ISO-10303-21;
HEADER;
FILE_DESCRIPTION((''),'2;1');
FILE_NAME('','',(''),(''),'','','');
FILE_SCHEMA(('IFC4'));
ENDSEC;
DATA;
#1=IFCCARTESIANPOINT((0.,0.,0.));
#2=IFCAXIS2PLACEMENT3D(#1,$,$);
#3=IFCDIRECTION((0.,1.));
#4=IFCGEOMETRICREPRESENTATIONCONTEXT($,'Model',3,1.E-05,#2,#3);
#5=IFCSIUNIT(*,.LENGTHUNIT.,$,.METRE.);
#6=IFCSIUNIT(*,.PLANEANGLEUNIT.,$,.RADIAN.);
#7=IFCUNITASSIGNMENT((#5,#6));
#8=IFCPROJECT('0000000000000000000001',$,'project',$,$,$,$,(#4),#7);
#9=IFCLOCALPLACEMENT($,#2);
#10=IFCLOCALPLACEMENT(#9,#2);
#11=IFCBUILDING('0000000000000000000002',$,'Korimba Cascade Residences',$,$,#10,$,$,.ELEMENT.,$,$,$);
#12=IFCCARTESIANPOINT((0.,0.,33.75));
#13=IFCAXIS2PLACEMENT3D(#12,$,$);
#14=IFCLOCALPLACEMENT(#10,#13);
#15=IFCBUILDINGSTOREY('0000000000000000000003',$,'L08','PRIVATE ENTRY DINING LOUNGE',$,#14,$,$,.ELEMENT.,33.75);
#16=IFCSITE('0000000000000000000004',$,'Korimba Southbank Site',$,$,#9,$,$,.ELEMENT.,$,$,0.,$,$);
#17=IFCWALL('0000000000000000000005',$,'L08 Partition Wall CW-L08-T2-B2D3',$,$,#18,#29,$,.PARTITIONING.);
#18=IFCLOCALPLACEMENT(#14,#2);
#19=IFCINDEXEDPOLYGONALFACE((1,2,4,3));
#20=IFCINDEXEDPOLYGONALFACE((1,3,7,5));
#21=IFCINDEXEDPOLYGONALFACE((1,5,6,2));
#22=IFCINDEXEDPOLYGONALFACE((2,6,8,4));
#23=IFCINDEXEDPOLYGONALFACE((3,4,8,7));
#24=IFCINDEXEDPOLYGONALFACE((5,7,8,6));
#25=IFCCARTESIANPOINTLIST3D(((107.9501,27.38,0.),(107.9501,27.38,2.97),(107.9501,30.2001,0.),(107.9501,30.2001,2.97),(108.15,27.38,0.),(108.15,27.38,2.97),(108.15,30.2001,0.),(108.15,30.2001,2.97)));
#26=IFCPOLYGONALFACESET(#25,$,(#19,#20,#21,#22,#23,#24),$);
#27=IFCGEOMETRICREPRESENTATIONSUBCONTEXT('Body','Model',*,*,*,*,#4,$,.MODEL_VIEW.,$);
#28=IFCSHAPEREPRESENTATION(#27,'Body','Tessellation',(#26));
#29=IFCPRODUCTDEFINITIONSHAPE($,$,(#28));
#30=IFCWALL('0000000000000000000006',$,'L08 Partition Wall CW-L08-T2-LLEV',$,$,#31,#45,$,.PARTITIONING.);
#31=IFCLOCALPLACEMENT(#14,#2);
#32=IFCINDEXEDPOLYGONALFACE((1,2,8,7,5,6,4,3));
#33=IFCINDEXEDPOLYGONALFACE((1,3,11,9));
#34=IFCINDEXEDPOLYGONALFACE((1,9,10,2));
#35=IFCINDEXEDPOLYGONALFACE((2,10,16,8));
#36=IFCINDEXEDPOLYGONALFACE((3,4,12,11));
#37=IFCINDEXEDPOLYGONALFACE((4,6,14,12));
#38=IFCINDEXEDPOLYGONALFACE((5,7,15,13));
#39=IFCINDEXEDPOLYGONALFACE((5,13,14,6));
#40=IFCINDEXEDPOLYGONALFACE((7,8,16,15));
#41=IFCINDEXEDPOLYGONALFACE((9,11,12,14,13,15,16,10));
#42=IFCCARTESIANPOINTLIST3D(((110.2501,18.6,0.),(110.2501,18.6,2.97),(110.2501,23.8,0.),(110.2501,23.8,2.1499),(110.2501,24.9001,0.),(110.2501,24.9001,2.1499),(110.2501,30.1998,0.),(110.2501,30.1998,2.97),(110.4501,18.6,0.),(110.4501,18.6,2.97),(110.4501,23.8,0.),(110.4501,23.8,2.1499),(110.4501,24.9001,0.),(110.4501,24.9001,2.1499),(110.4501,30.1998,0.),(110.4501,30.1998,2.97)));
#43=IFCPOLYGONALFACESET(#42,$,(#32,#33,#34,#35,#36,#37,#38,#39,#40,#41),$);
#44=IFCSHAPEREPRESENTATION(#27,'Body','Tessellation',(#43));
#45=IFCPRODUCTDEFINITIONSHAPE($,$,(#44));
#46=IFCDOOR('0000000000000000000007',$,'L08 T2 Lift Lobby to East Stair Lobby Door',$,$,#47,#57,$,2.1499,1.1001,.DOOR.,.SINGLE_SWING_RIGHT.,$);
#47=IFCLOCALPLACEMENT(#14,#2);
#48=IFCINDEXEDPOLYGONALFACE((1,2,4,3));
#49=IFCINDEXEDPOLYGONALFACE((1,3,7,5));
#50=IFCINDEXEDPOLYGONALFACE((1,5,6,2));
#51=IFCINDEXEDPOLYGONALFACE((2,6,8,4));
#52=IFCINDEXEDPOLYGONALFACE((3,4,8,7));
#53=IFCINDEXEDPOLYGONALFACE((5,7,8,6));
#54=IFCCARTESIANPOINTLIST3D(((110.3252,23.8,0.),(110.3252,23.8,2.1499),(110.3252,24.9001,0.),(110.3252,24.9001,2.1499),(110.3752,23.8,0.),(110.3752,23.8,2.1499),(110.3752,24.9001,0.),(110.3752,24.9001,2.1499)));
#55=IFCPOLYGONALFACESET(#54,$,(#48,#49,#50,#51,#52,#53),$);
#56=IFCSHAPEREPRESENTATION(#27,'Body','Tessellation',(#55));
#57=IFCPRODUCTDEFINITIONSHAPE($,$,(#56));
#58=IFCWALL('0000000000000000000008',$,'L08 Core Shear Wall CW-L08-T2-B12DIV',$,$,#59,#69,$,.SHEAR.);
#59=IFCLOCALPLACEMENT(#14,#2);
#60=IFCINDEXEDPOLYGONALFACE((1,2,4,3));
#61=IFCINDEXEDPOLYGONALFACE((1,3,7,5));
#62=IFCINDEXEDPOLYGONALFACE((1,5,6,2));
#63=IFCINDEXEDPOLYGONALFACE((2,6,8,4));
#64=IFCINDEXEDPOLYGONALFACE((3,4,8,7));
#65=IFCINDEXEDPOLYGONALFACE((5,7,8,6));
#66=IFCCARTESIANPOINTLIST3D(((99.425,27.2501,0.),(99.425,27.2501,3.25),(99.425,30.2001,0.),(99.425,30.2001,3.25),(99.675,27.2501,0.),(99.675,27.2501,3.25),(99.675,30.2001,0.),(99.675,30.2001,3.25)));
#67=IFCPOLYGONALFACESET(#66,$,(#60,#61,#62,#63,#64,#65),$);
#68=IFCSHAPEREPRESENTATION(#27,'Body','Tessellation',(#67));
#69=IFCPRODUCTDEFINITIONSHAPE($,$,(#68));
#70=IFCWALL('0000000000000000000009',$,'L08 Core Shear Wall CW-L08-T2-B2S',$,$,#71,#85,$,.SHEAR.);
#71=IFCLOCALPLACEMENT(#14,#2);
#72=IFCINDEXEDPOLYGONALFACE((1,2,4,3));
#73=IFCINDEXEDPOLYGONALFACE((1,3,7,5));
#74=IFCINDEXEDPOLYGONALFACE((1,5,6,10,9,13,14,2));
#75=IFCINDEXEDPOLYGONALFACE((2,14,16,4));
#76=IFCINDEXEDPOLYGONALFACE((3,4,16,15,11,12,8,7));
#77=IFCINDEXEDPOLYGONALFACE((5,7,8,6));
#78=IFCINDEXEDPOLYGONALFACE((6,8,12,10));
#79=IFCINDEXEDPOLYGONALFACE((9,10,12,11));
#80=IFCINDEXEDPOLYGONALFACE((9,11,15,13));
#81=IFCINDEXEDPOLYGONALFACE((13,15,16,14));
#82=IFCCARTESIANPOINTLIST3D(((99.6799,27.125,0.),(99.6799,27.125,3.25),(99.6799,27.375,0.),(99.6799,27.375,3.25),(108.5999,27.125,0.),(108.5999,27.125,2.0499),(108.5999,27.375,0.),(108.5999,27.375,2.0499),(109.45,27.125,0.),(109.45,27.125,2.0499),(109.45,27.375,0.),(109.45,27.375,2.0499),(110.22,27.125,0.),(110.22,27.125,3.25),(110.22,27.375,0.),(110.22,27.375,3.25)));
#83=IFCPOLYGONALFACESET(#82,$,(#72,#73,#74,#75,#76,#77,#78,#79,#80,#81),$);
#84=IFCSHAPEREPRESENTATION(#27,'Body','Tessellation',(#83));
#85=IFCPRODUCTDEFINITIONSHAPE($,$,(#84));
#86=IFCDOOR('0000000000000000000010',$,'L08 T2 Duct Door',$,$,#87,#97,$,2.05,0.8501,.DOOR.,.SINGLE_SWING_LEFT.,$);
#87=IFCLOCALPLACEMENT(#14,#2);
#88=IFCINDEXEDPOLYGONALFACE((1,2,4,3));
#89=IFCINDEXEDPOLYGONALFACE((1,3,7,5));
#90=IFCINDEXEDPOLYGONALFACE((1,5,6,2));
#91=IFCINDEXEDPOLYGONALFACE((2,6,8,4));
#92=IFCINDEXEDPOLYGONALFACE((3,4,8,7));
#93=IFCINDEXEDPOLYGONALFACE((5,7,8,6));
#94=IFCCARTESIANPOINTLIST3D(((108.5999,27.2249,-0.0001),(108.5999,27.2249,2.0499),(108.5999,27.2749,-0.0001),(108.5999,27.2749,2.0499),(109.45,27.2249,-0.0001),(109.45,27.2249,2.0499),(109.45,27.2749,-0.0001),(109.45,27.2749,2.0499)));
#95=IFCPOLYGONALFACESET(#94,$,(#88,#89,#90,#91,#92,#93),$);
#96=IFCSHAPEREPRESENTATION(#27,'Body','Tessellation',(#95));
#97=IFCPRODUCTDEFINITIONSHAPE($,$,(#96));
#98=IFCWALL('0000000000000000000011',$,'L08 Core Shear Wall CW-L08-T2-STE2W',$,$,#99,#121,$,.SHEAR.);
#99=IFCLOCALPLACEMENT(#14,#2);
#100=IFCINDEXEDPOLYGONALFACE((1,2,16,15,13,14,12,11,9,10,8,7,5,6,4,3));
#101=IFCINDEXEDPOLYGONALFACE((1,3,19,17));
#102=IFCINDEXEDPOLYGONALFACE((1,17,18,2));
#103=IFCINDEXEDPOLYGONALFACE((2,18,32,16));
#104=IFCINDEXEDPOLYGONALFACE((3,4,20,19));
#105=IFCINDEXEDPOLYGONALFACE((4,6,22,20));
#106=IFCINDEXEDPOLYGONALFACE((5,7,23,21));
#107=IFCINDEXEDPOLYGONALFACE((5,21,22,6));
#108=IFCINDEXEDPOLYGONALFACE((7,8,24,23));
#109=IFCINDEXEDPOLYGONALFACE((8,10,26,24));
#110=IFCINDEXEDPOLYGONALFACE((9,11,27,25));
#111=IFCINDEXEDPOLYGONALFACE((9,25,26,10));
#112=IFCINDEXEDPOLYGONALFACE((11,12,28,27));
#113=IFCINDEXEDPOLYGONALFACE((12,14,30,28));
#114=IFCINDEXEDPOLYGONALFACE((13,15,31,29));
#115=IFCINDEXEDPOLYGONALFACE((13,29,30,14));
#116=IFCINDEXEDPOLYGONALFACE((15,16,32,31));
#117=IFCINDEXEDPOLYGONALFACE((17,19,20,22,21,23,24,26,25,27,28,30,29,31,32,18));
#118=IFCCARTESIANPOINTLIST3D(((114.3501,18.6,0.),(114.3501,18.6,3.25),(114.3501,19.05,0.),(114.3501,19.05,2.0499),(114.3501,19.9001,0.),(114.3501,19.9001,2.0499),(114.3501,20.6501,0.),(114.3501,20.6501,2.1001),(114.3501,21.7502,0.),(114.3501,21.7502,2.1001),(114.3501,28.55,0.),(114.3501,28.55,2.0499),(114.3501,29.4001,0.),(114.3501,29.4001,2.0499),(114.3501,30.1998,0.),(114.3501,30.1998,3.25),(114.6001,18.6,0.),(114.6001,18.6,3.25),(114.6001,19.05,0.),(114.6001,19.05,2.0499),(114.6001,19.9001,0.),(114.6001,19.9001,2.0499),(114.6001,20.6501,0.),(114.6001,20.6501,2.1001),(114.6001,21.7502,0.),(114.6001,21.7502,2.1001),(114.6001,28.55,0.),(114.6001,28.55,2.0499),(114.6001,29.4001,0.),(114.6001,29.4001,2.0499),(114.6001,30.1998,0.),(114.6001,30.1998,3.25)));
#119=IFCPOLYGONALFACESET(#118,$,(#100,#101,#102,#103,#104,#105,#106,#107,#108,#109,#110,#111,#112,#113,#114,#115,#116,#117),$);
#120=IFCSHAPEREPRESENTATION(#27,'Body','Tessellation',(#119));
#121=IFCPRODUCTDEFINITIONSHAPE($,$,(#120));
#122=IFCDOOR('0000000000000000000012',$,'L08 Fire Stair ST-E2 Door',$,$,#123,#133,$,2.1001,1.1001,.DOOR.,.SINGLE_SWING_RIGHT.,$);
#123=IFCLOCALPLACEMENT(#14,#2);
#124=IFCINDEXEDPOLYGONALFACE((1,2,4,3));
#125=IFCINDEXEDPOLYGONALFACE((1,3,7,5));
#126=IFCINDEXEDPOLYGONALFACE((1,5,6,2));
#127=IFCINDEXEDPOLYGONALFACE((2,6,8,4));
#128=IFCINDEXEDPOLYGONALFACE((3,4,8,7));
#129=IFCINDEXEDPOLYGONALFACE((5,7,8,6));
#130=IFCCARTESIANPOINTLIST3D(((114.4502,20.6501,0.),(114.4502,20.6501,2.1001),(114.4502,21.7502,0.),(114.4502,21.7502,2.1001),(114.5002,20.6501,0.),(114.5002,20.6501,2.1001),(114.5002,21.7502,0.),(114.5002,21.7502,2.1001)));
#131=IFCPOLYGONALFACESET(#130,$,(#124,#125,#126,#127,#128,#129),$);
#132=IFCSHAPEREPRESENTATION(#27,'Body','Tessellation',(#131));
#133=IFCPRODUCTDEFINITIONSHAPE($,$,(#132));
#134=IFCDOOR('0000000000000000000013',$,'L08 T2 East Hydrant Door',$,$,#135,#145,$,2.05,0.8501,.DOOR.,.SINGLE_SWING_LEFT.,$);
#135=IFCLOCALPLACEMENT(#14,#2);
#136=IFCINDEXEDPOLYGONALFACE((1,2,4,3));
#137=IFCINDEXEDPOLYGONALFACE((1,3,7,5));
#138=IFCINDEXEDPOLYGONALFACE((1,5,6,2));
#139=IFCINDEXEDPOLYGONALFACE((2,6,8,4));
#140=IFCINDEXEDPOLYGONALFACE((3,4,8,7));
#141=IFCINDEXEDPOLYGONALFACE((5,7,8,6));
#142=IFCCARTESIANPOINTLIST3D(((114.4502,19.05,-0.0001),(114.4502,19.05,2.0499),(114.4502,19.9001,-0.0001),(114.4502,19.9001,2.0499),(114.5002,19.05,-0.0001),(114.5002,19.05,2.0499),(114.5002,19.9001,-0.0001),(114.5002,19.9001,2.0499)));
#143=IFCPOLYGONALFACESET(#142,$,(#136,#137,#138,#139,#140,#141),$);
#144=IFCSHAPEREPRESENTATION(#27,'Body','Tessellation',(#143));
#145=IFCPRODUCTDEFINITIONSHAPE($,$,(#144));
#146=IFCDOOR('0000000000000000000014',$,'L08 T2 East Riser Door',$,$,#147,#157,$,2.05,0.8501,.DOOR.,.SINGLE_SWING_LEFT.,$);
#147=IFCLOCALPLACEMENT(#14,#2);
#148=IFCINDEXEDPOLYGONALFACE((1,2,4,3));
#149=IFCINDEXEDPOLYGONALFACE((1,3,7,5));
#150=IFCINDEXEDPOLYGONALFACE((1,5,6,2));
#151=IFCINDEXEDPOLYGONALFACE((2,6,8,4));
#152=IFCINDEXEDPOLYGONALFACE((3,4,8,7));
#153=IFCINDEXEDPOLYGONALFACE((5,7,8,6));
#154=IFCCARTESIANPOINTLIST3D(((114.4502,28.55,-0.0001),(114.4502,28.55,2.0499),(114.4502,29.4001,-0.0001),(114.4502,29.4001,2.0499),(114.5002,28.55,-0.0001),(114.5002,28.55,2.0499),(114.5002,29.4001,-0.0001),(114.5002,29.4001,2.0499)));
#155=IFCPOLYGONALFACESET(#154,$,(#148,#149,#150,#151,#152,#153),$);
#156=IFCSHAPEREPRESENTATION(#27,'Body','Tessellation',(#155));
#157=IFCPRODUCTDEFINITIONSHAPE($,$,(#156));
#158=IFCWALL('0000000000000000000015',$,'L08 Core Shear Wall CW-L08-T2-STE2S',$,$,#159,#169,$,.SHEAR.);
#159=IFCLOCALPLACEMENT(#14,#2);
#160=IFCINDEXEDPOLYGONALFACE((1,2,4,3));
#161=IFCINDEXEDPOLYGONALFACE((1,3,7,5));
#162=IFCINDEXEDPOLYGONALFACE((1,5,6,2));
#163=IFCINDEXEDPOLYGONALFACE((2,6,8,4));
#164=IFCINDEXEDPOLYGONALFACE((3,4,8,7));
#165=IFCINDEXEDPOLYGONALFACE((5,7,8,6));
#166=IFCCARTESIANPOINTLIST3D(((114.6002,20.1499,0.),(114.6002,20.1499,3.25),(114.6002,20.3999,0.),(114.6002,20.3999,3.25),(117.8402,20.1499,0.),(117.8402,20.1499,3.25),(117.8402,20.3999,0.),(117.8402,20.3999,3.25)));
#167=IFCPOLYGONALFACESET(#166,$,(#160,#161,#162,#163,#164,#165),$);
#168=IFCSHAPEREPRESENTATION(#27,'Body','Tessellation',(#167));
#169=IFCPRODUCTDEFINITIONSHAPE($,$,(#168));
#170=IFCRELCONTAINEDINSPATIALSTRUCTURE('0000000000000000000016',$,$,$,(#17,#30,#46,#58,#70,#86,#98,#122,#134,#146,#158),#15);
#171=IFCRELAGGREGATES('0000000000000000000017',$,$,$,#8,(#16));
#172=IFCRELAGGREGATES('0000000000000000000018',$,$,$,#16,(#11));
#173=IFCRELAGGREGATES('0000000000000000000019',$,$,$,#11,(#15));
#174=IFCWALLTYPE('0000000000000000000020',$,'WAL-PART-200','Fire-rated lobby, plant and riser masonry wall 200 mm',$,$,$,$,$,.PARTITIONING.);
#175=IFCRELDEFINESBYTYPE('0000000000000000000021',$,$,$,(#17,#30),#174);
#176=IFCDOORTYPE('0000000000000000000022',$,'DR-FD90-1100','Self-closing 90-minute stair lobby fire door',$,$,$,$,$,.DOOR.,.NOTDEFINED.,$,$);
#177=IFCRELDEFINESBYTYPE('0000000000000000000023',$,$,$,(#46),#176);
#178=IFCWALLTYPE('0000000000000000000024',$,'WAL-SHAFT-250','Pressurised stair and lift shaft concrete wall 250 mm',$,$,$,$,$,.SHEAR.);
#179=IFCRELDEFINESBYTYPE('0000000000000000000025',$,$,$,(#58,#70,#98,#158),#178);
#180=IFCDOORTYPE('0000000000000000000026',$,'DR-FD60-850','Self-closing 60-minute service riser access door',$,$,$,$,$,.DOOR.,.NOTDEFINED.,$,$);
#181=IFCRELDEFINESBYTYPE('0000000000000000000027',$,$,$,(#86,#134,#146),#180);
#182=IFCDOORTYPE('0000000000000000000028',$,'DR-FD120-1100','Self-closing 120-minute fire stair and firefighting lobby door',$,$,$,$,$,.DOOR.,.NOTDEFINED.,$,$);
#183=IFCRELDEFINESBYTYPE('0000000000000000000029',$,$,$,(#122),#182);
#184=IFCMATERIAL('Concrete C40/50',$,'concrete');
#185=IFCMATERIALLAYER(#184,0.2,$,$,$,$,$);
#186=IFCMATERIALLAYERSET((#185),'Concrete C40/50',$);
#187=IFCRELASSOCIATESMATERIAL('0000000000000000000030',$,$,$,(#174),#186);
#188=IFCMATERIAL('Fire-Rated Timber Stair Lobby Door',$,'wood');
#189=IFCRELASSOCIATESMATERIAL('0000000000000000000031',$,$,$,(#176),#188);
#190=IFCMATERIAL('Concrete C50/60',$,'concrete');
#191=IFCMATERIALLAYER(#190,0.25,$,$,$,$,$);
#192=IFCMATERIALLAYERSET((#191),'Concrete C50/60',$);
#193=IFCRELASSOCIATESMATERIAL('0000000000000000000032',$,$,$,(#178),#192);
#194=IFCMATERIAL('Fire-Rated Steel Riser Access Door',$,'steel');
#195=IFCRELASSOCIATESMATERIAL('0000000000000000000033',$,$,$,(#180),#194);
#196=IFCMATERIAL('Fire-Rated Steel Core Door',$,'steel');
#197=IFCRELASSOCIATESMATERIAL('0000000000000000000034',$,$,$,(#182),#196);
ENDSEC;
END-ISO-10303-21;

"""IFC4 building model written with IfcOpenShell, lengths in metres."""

from ifc_helpers import new_model, si_unit, direction, frame, frame_2d, origin, place, context, subcontext, project, spatial, rectangle, extrude, material, layer, layer_set, type_object, element, fill, save


model = new_model("IFC4")

# Units and contexts
model_context = context("Model", 3, precision=1e-05, world=origin(), true_north=direction((0.0, 1.0)))
body_context = subcontext(model_context, "Body", "Model", "MODEL_VIEW")
ifc_project = project(units=[si_unit("LENGTHUNIT", "METRE"), si_unit("PLANEANGLEUNIT", "RADIAN")], contexts=[model_context])

# Site, building, storey
site_placement = place(None, origin())
site = spatial("IfcSite", under=ifc_project, at=site_placement, Name="Korimba Southbank Site", CompositionType="ELEMENT", RefElevation=0.0)
building_placement = place(site_placement, origin())
building = spatial("IfcBuilding", under=site, at=building_placement, Name="Korimba Cascade Residences", CompositionType="ELEMENT")
storey_placement = place(building_placement, frame((0.0, 0.0, 33.75)))
storey = spatial("IfcBuildingStorey", under=building, at=storey_placement, Name="L08", Description="PRIVATE ENTRY DINING LOUNGE", CompositionType="ELEMENT", Elevation=33.75)

# Shared definitions
ifc_material_1 = material(Name="Concrete C50/60", Category="concrete")

# Wall
ifc_material_2 = material(Name="Concrete C40/50", Category="concrete")
ifc_layer_1 = layer(ifc_material_2, 0.2)
ifc_layer_set_1 = layer_set([ifc_layer_1], Name="Concrete C40/50")
wall_type_1 = type_object("IfcWallType", Name="WAL-PART-200", Description="Fire-rated lobby, plant and riser masonry wall 200 mm", PredefinedType="PARTITIONING", material=ifc_layer_set_1)
for number, where, z_axis, x_axis, name in (
    (1, (108.05, 27.3799, 0.0), (0.0, 0.0, 1.0), (0.0, 1.0, 0.0), "L08 Partition Wall CW-L08-T2-B2D3"),
):
    element("IfcWall", number, at=place(storey_placement, frame(where, z_axis=z_axis, x_axis=x_axis)), inside=storey, type_object=wall_type_1, Name=name, PredefinedType="PARTITIONING", context=body_context, shape_type="SweptSolid", body=[
        extrude(rectangle(XDim=2.8201, YDim=0.2, at=frame_2d((1.4102, 0.0))), origin(), (0.0, 0.0, 1.0), 2.97),
    ])

# Wall, opening, door
wall_1_placement = place(storey_placement, frame((110.3501, 18.6001, 0.0), z_axis=(0.0, 0.0, 1.0), x_axis=(0.0, 1.0, 0.0)))
wall_1 = element("IfcWall", 2, at=wall_1_placement, inside=storey, type_object=wall_type_1, Name="L08 Partition Wall CW-L08-T2-LLEV", PredefinedType="PARTITIONING", context=body_context, shape_type="SweptSolid", body=[
    extrude(rectangle(XDim=11.5999, YDim=0.2, at=frame_2d((5.7998, 0.0))), origin(), (0.0, 0.0, 1.0), 2.97),
])
opening_1_placement = place(wall_1_placement, frame((5.2, 0.0, 0.0)))
opening_1 = element("IfcOpeningElement", 3, at=opening_1_placement, cuts=wall_1, PredefinedType="OPENING", context=body_context, shape_type="SweptSolid", body=[
    extrude(rectangle(XDim=1.1001, YDim=2.1499, at=frame_2d((0.55, 1.075))), frame((0.0, 0.1099, 0.0), z_axis=(0.0, -1.0, 0.0), x_axis=(1.0, 0.0, 0.0)), (0.0, 0.0, 1.0), 0.22),
])
ifc_material_3 = material(Name="Fire-Rated Timber Stair Lobby Door", Category="wood")
door_type_1 = type_object("IfcDoorType", Name="DR-FD90-1100", Description="Self-closing 90-minute stair lobby fire door", OperationType="NOTDEFINED", PredefinedType="DOOR", material=ifc_material_3)
door_1_placement = place(opening_1_placement, origin())
door_1 = element("IfcDoor", 4, at=door_1_placement, inside=storey, type_object=door_type_1, Name="L08 T2 Lift Lobby to East Stair Lobby Door", OperationType="SINGLE_SWING_RIGHT", OverallHeight=2.1499, OverallWidth=1.1001, PredefinedType="DOOR", context=body_context, shape_type="SweptSolid", body=[
    extrude(rectangle(XDim=1.1001, YDim=2.1499, at=frame_2d((0.55, 1.075))), frame((0.0, 0.0249, 0.0), z_axis=(0.0, -1.0, 0.0), x_axis=(1.0, 0.0, 0.0)), (0.0, 0.0, 1.0), 0.05),
])
fill(opening_1, door_1)

# Wall
ifc_layer_2 = layer(ifc_material_1, 0.25)
ifc_layer_set_2 = layer_set([ifc_layer_2], Name="Concrete C50/60")
wall_type_2 = type_object("IfcWallType", Name="WAL-SHAFT-250", Description="Pressurised stair and lift shaft concrete wall 250 mm", PredefinedType="SHEAR", material=ifc_layer_set_2)
wall_2_placement = place(storey_placement, frame((99.55, 27.25, 0.0), z_axis=(0.0, 0.0, 1.0), x_axis=(0.0, 1.0, 0.0)))
element("IfcWall", 5, at=wall_2_placement, inside=storey, type_object=wall_type_2, Name="L08 Core Shear Wall CW-L08-T2-B12DIV", PredefinedType="SHEAR", context=body_context, shape_type="SweptSolid", body=[
    extrude(rectangle(XDim=2.95, YDim=0.25, at=frame_2d((1.4751, 0.0))), origin(), (0.0, 0.0, 1.0), 3.25),
])

# Wall, opening, door
wall_3_placement = place(storey_placement, frame((99.6799, 27.25, 0.0), z_axis=(0.0, 0.0, 1.0), x_axis=(1.0, 0.0, 0.0)))
wall_3 = element("IfcWall", 6, at=wall_3_placement, inside=storey, type_object=wall_type_2, Name="L08 Core Shear Wall CW-L08-T2-B2S", PredefinedType="SHEAR", context=body_context, shape_type="SweptSolid", body=[
    extrude(rectangle(XDim=10.54, YDim=0.25, at=frame_2d((5.27, 0.0))), origin(), (0.0, 0.0, 1.0), 3.25),
])
opening_2_placement = place(wall_3_placement, frame((8.9199, 0.0, 0.0)))
opening_2 = element("IfcOpeningElement", 7, at=opening_2_placement, cuts=wall_3, PredefinedType="OPENING", context=body_context, shape_type="SweptSolid", body=[
    extrude(rectangle(XDim=0.8501, YDim=2.05, at=frame_2d((0.425, 1.0249))), frame((0.0, 0.135, 0.0), z_axis=(0.0, -1.0, 0.0), x_axis=(1.0, 0.0, 0.0)), (0.0, 0.0, 1.0), 0.27),
])
ifc_material_4 = material(Name="Fire-Rated Steel Riser Access Door", Category="steel")
door_type_2 = type_object("IfcDoorType", Name="DR-FD60-850", Description="Self-closing 60-minute service riser access door", OperationType="NOTDEFINED", PredefinedType="DOOR", material=ifc_material_4)
door_2_placement = place(opening_2_placement, origin())
door_2 = element("IfcDoor", 8, at=door_2_placement, inside=storey, type_object=door_type_2, Name="L08 T2 Duct Door", OperationType="SINGLE_SWING_LEFT", OverallHeight=2.05, OverallWidth=0.8501, PredefinedType="DOOR", context=body_context, shape_type="SweptSolid", body=[
    extrude(rectangle(XDim=0.8501, YDim=2.05, at=frame_2d((0.425, 1.0249))), frame((0.0, 0.0249, 0.0), z_axis=(0.0, -1.0, 0.0), x_axis=(1.0, 0.0, 0.0)), (0.0, 0.0, 1.0), 0.05),
])
fill(opening_2, door_2)

# Wall, openings, doors
wall_4_placement = place(storey_placement, frame((114.4751, 18.6001, 0.0), z_axis=(0.0, 0.0, 1.0), x_axis=(0.0, 1.0, 0.0)))
wall_4 = element("IfcWall", 9, at=wall_4_placement, inside=storey, type_object=wall_type_2, Name="L08 Core Shear Wall CW-L08-T2-STE2W", PredefinedType="SHEAR", context=body_context, shape_type="SweptSolid", body=[
    extrude(rectangle(XDim=11.5999, YDim=0.25, at=frame_2d((5.7998, 0.0))), origin(), (0.0, 0.0, 1.0), 3.25),
])
opening_3_placement = place(wall_4_placement, frame((0.45, 0.0, 0.0)))
opening_3 = element("IfcOpeningElement", 10, at=opening_3_placement, cuts=wall_4, PredefinedType="OPENING", context=body_context, shape_type="SweptSolid", body=[
    extrude(rectangle(XDim=0.8501, YDim=2.05, at=frame_2d((0.425, 1.0249))), frame((0.0, 0.135, 0.0), z_axis=(0.0, -1.0, 0.0), x_axis=(1.0, 0.0, 0.0)), (0.0, 0.0, 1.0), 0.27),
])
opening_4_placement = place(wall_4_placement, frame((2.05, 0.0, 0.0)))
opening_4 = element("IfcOpeningElement", 11, at=opening_4_placement, cuts=wall_4, PredefinedType="OPENING", context=body_context, shape_type="SweptSolid", body=[
    extrude(rectangle(XDim=1.1001, YDim=2.1001, at=frame_2d((0.55, 1.05))), frame((0.0, 0.135, 0.0), z_axis=(0.0, -1.0, 0.0), x_axis=(1.0, 0.0, 0.0)), (0.0, 0.0, 1.0), 0.27),
])
opening_5_placement = place(wall_4_placement, frame((9.95, 0.0, 0.0)))
opening_5 = element("IfcOpeningElement", 12, at=opening_5_placement, cuts=wall_4, PredefinedType="OPENING", context=body_context, shape_type="SweptSolid", body=[
    extrude(rectangle(XDim=0.8501, YDim=2.05, at=frame_2d((0.425, 1.0249))), frame((0.0, 0.135, 0.0), z_axis=(0.0, -1.0, 0.0), x_axis=(1.0, 0.0, 0.0)), (0.0, 0.0, 1.0), 0.27),
])
ifc_material_5 = material(Name="Fire-Rated Steel Core Door", Category="steel")
door_type_3 = type_object("IfcDoorType", Name="DR-FD120-1100", Description="Self-closing 120-minute fire stair and firefighting lobby door", OperationType="NOTDEFINED", PredefinedType="DOOR", material=ifc_material_5)
door_3_placement = place(opening_4_placement, origin())
door_3 = element("IfcDoor", 13, at=door_3_placement, inside=storey, type_object=door_type_3, Name="L08 Fire Stair ST-E2 Door", OperationType="SINGLE_SWING_RIGHT", OverallHeight=2.1001, OverallWidth=1.1001, PredefinedType="DOOR", context=body_context, shape_type="SweptSolid", body=[
    extrude(rectangle(XDim=1.1001, YDim=2.1001, at=frame_2d((0.55, 1.05))), frame((0.0, 0.0249, 0.0), z_axis=(0.0, -1.0, 0.0), x_axis=(1.0, 0.0, 0.0)), (0.0, 0.0, 1.0), 0.05),
])
fill(opening_4, door_3)
door_4_placement = place(opening_3_placement, origin())
door_4 = element("IfcDoor", 14, at=door_4_placement, inside=storey, type_object=door_type_2, Name="L08 T2 East Hydrant Door", OperationType="SINGLE_SWING_LEFT", OverallHeight=2.05, OverallWidth=0.8501, PredefinedType="DOOR", context=body_context, shape_type="SweptSolid", body=[
    extrude(rectangle(XDim=0.8501, YDim=2.05, at=frame_2d((0.425, 1.0249))), frame((0.0, 0.0249, 0.0), z_axis=(0.0, -1.0, 0.0), x_axis=(1.0, 0.0, 0.0)), (0.0, 0.0, 1.0), 0.05),
])
fill(opening_3, door_4)
door_5_placement = place(opening_5_placement, origin())
door_5 = element("IfcDoor", 15, at=door_5_placement, inside=storey, type_object=door_type_2, Name="L08 T2 East Riser Door", OperationType="SINGLE_SWING_LEFT", OverallHeight=2.05, OverallWidth=0.8501, PredefinedType="DOOR", context=body_context, shape_type="SweptSolid", body=[
    extrude(rectangle(XDim=0.8501, YDim=2.05, at=frame_2d((0.425, 1.0249))), frame((0.0, 0.0249, 0.0), z_axis=(0.0, -1.0, 0.0), x_axis=(1.0, 0.0, 0.0)), (0.0, 0.0, 1.0), 0.05),
])
fill(opening_5, door_5)

# Wall
for number, where, z_axis, x_axis, name in (
    (16, (114.6001, 20.2749, 0.0), (0.0, 0.0, 1.0), (1.0, 0.0, 0.0), "L08 Core Shear Wall CW-L08-T2-STE2S"),
):
    element("IfcWall", number, at=place(storey_placement, frame(where, z_axis=z_axis, x_axis=x_axis)), inside=storey, type_object=wall_type_2, Name=name, PredefinedType="SHEAR", context=body_context, shape_type="SweptSolid", body=[
        extrude(rectangle(XDim=3.24, YDim=0.25, at=frame_2d((1.6201, 0.0))), origin(), (0.0, 0.0, 1.0), 3.25),
    ])

save(model, "model.ifc")
